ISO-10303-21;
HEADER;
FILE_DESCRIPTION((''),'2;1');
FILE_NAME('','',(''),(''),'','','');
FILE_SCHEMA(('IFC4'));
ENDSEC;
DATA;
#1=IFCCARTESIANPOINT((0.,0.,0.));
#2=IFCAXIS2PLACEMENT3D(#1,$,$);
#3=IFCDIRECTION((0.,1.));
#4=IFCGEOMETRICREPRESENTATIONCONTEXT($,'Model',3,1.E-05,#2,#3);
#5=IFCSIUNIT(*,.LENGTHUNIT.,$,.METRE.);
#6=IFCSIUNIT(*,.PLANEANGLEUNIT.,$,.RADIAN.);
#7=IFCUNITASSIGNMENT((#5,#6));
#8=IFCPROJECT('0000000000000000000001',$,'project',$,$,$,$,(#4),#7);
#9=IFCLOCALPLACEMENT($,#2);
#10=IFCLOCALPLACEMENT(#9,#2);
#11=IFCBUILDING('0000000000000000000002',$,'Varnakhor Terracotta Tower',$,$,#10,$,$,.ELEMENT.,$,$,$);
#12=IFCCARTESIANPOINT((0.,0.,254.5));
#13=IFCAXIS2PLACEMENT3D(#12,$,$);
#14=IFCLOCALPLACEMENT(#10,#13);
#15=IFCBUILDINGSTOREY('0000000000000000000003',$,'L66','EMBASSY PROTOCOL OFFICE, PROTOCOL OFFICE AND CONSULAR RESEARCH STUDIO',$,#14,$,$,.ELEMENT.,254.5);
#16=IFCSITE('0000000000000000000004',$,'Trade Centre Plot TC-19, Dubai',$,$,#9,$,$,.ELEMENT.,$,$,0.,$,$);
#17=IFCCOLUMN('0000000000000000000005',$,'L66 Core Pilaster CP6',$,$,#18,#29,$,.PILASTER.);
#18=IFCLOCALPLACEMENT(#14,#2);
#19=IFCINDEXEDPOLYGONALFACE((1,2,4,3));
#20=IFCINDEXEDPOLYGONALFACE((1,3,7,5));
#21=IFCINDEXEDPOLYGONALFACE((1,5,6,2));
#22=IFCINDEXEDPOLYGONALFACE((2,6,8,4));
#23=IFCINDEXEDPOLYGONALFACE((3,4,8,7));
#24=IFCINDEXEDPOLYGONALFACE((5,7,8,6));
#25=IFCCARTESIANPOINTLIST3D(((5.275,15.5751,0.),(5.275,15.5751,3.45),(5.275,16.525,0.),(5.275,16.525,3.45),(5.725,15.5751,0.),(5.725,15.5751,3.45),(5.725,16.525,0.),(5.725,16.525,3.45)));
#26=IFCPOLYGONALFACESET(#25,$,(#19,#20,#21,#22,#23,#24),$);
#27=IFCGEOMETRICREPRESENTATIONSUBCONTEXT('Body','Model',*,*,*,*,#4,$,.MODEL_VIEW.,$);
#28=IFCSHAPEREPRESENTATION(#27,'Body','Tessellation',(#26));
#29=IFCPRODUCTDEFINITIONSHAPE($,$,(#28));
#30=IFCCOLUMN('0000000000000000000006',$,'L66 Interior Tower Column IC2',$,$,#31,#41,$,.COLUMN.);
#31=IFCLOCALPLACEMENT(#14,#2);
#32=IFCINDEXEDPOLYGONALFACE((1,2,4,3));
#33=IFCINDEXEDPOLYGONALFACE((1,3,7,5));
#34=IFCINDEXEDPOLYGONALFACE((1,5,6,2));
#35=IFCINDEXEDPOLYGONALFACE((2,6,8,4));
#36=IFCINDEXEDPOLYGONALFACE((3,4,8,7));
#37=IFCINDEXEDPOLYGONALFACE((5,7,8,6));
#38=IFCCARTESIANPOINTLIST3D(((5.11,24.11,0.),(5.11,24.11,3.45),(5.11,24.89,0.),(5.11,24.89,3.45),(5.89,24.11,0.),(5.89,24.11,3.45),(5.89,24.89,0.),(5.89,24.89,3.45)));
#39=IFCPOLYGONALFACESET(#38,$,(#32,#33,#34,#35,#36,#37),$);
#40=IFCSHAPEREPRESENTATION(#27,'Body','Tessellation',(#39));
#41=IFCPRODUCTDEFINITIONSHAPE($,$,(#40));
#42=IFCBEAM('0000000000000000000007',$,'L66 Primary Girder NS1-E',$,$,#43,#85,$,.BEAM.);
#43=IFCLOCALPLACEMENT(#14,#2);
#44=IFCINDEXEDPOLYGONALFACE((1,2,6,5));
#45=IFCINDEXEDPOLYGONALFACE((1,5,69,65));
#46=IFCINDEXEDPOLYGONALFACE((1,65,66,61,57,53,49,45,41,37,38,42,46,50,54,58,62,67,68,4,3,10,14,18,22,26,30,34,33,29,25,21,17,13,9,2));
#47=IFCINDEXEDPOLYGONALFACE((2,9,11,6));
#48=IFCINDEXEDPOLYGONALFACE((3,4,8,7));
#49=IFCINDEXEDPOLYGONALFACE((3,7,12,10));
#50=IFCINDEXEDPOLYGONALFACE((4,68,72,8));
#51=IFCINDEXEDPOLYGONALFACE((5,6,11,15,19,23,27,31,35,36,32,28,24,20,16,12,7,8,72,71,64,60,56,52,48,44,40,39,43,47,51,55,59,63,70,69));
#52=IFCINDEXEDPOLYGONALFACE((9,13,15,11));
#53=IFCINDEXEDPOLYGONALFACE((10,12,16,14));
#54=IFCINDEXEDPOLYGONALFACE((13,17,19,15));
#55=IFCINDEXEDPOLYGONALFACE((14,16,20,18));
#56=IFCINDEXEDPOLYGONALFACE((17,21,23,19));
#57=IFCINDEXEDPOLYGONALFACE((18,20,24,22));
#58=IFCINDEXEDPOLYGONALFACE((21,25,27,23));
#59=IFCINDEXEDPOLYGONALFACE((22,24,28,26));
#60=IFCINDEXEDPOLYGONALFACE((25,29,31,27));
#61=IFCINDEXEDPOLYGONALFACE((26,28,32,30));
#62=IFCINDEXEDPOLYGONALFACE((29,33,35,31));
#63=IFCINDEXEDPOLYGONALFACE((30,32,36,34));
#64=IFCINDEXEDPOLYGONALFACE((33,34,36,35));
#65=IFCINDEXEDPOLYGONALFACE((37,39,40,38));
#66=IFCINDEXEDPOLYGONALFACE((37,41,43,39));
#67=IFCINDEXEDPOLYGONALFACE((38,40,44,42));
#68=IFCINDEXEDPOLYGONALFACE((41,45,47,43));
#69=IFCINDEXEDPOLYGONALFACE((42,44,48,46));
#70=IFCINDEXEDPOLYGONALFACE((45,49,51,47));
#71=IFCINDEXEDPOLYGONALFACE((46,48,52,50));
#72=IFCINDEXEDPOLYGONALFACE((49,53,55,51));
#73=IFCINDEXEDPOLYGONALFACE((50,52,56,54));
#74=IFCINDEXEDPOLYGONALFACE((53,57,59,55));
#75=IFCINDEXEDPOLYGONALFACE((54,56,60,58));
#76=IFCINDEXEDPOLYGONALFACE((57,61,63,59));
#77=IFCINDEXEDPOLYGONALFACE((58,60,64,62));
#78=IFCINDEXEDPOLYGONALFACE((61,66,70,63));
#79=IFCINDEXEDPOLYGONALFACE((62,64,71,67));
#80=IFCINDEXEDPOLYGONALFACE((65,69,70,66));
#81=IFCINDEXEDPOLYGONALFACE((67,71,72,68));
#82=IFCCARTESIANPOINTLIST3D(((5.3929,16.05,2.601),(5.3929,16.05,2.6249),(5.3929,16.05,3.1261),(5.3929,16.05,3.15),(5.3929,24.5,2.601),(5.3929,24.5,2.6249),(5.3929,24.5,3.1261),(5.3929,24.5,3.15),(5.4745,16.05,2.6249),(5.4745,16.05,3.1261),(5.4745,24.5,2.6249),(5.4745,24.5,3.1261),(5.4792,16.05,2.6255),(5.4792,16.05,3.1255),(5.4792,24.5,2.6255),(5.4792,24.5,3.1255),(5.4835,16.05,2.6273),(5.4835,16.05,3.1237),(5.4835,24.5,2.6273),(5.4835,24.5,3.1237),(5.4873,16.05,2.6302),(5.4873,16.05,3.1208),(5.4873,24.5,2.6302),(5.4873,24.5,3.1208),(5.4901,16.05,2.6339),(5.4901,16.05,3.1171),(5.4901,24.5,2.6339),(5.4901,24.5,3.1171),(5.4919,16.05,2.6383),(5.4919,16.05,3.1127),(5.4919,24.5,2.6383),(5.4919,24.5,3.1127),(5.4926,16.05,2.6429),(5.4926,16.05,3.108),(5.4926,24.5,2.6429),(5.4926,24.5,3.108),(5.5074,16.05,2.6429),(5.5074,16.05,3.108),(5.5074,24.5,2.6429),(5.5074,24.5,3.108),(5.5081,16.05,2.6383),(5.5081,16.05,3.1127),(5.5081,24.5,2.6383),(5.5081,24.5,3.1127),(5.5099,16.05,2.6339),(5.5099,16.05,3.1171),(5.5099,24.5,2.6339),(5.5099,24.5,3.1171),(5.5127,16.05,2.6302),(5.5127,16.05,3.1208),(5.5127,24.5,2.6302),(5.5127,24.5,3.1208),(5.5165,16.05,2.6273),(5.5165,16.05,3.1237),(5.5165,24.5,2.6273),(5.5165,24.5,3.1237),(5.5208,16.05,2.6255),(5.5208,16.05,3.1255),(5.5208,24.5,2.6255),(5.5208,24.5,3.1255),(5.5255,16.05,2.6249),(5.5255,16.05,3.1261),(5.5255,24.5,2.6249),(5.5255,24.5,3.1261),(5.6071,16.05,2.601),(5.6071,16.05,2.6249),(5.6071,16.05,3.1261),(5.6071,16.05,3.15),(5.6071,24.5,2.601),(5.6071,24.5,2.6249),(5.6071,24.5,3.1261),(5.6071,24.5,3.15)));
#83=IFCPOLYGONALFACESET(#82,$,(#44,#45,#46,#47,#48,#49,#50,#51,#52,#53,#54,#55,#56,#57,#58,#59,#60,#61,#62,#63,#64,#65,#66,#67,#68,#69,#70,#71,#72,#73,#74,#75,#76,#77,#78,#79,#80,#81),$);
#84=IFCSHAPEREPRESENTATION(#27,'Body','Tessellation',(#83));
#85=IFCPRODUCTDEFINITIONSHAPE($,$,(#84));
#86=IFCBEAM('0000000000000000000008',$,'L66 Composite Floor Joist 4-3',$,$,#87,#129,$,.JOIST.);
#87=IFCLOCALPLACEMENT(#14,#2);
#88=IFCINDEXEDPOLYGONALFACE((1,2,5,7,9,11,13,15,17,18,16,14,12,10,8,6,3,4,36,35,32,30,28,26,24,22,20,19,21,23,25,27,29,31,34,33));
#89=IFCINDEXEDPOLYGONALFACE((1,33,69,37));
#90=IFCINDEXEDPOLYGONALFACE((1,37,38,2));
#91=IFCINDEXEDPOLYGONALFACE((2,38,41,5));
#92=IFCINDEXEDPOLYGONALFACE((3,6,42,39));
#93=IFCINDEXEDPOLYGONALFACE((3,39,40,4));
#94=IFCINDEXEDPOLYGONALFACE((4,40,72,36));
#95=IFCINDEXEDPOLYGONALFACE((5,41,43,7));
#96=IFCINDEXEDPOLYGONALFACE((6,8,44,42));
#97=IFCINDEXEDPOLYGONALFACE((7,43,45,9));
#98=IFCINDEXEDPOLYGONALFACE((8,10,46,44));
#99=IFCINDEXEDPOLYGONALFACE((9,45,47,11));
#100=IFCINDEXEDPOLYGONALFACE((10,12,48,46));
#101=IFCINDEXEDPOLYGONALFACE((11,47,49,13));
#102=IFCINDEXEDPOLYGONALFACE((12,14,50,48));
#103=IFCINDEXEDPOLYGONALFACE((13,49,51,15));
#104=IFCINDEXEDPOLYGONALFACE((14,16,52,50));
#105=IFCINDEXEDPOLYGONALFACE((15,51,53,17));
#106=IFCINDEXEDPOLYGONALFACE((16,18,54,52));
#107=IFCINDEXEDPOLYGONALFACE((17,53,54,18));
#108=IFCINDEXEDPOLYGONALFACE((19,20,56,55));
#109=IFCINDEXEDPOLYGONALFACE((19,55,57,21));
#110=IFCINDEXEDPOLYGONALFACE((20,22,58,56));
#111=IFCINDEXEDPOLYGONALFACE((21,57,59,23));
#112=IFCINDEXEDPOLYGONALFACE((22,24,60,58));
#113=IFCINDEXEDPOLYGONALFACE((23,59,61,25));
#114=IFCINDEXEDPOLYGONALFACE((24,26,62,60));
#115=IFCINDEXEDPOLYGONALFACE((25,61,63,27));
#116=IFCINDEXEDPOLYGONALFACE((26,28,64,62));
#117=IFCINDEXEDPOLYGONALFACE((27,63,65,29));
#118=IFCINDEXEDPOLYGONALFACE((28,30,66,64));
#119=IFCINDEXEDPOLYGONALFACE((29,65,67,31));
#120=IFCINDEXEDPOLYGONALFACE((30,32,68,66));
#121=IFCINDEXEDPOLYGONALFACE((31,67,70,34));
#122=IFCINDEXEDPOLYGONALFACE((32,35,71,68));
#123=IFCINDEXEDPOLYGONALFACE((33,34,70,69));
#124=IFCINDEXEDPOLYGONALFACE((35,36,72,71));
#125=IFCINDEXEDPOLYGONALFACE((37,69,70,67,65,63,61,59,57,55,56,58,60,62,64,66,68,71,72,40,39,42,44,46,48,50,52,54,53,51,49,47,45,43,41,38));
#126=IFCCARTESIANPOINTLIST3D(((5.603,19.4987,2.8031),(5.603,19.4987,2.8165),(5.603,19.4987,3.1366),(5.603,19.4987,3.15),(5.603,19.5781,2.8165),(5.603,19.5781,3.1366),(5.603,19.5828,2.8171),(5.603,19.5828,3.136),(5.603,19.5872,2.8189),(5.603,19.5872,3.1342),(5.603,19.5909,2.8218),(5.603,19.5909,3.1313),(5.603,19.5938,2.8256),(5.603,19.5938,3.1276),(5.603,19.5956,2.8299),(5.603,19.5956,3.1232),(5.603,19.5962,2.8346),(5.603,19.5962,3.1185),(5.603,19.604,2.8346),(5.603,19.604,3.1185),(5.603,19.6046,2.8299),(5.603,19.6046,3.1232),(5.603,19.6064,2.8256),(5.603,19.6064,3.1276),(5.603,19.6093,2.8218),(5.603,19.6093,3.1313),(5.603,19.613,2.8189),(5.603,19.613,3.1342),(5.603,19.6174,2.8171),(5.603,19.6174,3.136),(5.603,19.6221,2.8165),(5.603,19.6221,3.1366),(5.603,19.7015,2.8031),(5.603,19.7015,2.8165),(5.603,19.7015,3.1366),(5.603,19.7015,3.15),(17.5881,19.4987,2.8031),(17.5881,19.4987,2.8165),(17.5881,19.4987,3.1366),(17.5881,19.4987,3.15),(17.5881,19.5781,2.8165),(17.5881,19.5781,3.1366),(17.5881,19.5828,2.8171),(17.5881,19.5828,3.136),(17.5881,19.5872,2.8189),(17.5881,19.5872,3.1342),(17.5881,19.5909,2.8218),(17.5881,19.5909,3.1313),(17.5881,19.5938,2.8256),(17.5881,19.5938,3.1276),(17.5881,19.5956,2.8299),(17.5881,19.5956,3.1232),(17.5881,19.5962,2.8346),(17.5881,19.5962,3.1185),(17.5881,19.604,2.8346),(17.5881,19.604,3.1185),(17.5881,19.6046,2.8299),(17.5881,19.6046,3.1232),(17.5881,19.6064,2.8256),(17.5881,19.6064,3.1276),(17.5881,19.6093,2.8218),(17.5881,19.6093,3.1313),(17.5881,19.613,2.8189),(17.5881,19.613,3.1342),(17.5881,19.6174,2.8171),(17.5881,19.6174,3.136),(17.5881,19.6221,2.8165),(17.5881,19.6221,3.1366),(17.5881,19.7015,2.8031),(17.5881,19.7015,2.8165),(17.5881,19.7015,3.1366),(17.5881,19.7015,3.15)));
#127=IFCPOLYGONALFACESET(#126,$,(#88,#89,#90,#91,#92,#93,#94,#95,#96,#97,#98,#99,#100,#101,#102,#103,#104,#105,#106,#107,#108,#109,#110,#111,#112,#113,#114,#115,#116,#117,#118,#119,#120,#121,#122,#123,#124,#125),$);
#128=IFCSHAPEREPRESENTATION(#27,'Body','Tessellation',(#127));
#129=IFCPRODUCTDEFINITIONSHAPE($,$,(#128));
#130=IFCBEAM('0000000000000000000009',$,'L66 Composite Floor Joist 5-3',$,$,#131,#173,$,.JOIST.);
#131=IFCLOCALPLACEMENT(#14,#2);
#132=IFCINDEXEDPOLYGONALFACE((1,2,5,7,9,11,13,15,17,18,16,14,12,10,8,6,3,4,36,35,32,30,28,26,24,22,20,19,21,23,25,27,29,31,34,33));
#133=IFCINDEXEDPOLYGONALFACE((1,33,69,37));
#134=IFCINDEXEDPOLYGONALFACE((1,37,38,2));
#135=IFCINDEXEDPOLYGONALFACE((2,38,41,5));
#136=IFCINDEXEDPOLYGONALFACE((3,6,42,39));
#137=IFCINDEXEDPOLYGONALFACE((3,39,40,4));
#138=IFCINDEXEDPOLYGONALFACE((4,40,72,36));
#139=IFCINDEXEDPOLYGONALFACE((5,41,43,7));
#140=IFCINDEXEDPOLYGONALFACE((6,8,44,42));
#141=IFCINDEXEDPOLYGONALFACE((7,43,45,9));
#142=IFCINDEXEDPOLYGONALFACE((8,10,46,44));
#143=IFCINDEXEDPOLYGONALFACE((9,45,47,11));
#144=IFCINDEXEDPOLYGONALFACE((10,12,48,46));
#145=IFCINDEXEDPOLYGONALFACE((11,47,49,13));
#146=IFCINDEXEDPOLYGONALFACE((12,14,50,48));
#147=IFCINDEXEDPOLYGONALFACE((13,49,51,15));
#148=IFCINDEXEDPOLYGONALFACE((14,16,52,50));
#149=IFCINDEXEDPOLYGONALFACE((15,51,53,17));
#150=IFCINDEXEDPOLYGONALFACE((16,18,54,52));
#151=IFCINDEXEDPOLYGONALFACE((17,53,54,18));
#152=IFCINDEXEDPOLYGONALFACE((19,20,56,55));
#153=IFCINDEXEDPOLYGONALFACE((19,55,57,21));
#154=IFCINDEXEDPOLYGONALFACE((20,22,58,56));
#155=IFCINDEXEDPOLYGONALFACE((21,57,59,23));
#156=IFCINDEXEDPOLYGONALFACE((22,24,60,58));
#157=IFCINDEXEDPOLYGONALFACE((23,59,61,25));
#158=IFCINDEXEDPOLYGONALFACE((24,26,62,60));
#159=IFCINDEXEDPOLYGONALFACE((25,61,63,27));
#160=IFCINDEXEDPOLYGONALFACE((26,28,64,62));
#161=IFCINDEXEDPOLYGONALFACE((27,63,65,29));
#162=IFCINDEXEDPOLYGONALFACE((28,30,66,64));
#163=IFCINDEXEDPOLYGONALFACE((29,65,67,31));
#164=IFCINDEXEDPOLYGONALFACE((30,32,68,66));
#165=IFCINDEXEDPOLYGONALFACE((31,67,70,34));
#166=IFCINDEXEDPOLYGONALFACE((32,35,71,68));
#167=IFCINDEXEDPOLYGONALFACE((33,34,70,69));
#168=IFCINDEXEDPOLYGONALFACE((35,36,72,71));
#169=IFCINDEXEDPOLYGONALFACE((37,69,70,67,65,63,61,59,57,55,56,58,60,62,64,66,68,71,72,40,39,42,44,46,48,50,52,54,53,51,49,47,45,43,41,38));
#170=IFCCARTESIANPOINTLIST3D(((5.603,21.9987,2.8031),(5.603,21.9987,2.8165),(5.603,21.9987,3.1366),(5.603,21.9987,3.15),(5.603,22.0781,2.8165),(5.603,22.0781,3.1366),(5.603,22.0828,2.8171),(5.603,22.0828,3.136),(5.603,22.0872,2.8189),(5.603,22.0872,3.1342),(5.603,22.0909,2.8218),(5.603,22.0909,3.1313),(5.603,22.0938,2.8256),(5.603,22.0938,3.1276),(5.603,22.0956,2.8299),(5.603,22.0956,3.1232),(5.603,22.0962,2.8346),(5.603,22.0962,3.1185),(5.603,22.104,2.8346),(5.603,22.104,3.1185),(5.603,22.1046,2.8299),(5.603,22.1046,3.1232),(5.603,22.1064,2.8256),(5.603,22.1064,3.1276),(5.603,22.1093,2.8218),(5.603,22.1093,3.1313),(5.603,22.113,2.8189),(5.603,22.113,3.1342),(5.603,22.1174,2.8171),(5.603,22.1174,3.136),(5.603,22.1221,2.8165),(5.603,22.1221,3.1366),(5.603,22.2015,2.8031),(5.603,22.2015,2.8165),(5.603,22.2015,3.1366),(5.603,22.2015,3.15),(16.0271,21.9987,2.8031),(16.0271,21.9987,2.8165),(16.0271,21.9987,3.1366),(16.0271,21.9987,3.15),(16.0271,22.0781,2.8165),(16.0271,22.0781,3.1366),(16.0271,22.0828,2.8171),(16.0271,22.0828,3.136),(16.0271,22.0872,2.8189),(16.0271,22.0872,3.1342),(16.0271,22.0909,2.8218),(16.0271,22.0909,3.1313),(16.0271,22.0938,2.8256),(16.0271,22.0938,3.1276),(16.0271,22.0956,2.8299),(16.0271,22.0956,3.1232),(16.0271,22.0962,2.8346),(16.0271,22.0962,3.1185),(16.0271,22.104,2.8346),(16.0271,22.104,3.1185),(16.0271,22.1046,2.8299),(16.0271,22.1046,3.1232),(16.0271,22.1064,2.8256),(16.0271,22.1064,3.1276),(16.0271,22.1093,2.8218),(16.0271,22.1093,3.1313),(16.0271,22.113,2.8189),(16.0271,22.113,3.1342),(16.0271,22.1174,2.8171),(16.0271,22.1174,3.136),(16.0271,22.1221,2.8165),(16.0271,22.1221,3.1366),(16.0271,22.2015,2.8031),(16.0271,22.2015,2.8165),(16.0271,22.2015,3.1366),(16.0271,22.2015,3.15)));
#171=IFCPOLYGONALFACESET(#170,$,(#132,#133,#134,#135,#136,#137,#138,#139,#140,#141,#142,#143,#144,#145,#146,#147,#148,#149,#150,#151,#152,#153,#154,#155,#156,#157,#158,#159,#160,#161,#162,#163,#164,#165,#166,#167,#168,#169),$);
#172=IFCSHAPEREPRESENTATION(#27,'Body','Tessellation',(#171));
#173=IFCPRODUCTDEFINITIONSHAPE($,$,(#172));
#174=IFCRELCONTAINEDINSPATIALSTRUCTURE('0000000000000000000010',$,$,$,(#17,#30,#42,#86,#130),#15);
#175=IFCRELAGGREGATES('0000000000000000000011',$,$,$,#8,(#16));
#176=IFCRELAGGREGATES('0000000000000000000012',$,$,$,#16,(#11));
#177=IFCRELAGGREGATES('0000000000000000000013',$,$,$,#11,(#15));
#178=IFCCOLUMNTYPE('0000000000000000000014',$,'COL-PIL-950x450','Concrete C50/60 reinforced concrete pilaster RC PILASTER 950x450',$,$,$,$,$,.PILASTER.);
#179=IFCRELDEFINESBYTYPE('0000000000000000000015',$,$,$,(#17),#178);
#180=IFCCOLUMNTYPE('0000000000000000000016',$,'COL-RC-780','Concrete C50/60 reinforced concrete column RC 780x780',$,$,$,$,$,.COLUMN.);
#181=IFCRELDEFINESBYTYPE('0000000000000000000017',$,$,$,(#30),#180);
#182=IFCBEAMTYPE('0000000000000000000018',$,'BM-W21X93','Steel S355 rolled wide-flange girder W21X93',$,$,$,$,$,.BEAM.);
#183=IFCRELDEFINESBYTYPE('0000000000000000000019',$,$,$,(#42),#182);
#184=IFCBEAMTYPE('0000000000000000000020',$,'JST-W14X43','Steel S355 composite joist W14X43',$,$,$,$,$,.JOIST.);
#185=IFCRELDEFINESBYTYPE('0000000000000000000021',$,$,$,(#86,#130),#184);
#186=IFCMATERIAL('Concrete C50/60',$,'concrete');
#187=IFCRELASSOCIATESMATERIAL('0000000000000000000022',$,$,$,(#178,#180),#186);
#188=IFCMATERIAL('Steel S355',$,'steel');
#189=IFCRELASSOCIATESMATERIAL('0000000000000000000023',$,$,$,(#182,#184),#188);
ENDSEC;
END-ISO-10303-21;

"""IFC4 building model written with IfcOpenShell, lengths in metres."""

from ifc_helpers import new_model, si_unit, direction, frame, origin, origin_2d, place, context, subcontext, project, spatial, rectangle, i_section, extrude, source, transform, mapped, material, material_profile, profile_set, type_object, type_shapes, element, save


model = new_model("IFC4")

# Units and contexts
model_context = context("Model", 3, precision=1e-05, world=origin(), true_north=direction((0.0, 1.0)))
body_context = subcontext(model_context, "Body", "Model", "MODEL_VIEW")
ifc_project = project(units=[si_unit("LENGTHUNIT", "METRE"), si_unit("PLANEANGLEUNIT", "RADIAN")], contexts=[model_context])

# Site, building, storey
site_placement = place(None, origin())
site = spatial("IfcSite", under=ifc_project, at=site_placement, Name="Trade Centre Plot TC-19, Dubai", CompositionType="ELEMENT", RefElevation=0.0)
building_placement = place(site_placement, origin())
building = spatial("IfcBuilding", under=site, at=building_placement, Name="Varnakhor Terracotta Tower", CompositionType="ELEMENT")
storey_placement = place(building_placement, frame((0.0, 0.0, 254.5)))
storey = spatial("IfcBuildingStorey", under=building, at=storey_placement, Name="L66", Description="EMBASSY PROTOCOL OFFICE, PROTOCOL OFFICE AND CONSULAR RESEARCH STUDIO", CompositionType="ELEMENT", Elevation=254.5)

# Columns
ifc_material_1 = material(Name="Concrete C50/60", Category="concrete")
ifc_material_profile_1 = material_profile(ifc_material_1, rectangle(XDim=0.45, YDim=0.95, at=origin_2d()), Name="RC PILASTER 950x450")
ifc_profile_set_1 = profile_set([ifc_material_profile_1], Name="Concrete C50/60")
column_type_1 = type_object("IfcColumnType", Name="COL-PIL-950x450", Description="Concrete C50/60 reinforced concrete pilaster RC PILASTER 950x450", PredefinedType="PILASTER", material=ifc_profile_set_1)
shared_shape_1 = source(origin(), body_context, "Body", "SweptSolid", [
    extrude(rectangle(XDim=0.45, YDim=0.95, at=origin_2d()), origin(), (0.0, 0.0, 1.0), 3.45),
])
column_1_placement = place(storey_placement, frame((5.5, 16.05, 0.0), z_axis=(0.0, 0.0, 1.0), x_axis=(1.0, 0.0, 0.0)))
element("IfcColumn", 1, at=column_1_placement, inside=storey, type_object=column_type_1, Name="L66 Core Pilaster CP6", PredefinedType="PILASTER", context=body_context, shape_type="MappedRepresentation", body=[
    mapped(shared_shape_1, transform((0.0, 0.0, 0.0), scale=1.0)),
])
ifc_material_profile_2 = material_profile(ifc_material_1, rectangle(XDim=0.78, YDim=0.78, at=origin_2d()), Name="RC 780x780")
ifc_profile_set_2 = profile_set([ifc_material_profile_2], Name="Concrete C50/60")
column_type_2 = type_object("IfcColumnType", Name="COL-RC-780", Description="Concrete C50/60 reinforced concrete column RC 780x780", PredefinedType="COLUMN", material=ifc_profile_set_2)
shared_shape_2 = source(origin(), body_context, "Body", "SweptSolid", [
    extrude(rectangle(XDim=0.78, YDim=0.78, at=origin_2d()), origin(), (0.0, 0.0, 1.0), 3.45),
])
column_2_placement = place(storey_placement, frame((5.5, 24.5, 0.0), z_axis=(0.0, 0.0, 1.0), x_axis=(1.0, 0.0, 0.0)))
element("IfcColumn", 2, at=column_2_placement, inside=storey, type_object=column_type_2, Name="L66 Interior Tower Column IC2", PredefinedType="COLUMN", context=body_context, shape_type="MappedRepresentation", body=[
    mapped(shared_shape_2, transform((0.0, 0.0, 0.0), scale=1.0)),
])

# Beams
ifc_material_2 = material(Name="Steel S355", Category="steel")
ifc_material_profile_3 = material_profile(ifc_material_2, i_section(OverallWidth=0.2141, OverallDepth=0.5491, WebThickness=0.0149, FlangeThickness=0.0239, FilletRadius=0.0181, at=origin_2d()), Name="W21X93")
ifc_profile_set_3 = profile_set([ifc_material_profile_3], Name="Steel S355")
beam_type_1 = type_object("IfcBeamType", Name="BM-W21X93", Description="Steel S355 rolled wide-flange girder W21X93", PredefinedType="BEAM", material=ifc_profile_set_3)
shared_shape_3 = source(origin(), body_context, "Body", "SweptSolid", [
    extrude(i_section(OverallWidth=0.2141, OverallDepth=0.5491, WebThickness=0.0149, FlangeThickness=0.0239, FilletRadius=0.0181, at=origin_2d()), origin(), (0.0, 0.0, 1.0), 8.45),
])
type_shapes(beam_type_1, [shared_shape_3])
beam_1_placement = place(storey_placement, frame((5.5, 16.05, 2.8755), z_axis=(0.0, 1.0, 0.0), x_axis=(-1.0, 0.0, 0.0)))
element("IfcBeam", 3, at=beam_1_placement, inside=storey, type_object=beam_type_1, Name="L66 Primary Girder NS1-E", PredefinedType="BEAM", context=body_context, shape_type="MappedRepresentation", body=[
    mapped(shared_shape_3, transform((0.0, 0.0, 0.0), scale=1.0)),
])
ifc_material_profile_4 = material_profile(ifc_material_2, i_section(OverallWidth=0.2029, OverallDepth=0.3469, WebThickness=0.0078, FlangeThickness=0.0134, FilletRadius=0.0181, at=origin_2d()), Name="W14X43")
ifc_profile_set_4 = profile_set([ifc_material_profile_4], Name="Steel S355")
beam_type_2 = type_object("IfcBeamType", Name="JST-W14X43", Description="Steel S355 composite joist W14X43", PredefinedType="JOIST", material=ifc_profile_set_4)
shared_shape_4 = source(origin(), body_context, "Body", "SweptSolid", [
    extrude(i_section(OverallWidth=0.2029, OverallDepth=0.3469, WebThickness=0.0078, FlangeThickness=0.0134, FilletRadius=0.0181, at=origin_2d()), origin(), (0.0, 0.0, 1.0), 11.9851),
])
beam_2_placement = place(storey_placement, frame((5.603, 19.6001, 2.9766), z_axis=(1.0, 0.0, 0.0), x_axis=(0.0, 1.0, 0.0)))
element("IfcBeam", 4, at=beam_2_placement, inside=storey, type_object=beam_type_2, Name="L66 Composite Floor Joist 4-3", PredefinedType="JOIST", context=body_context, shape_type="MappedRepresentation", body=[
    mapped(shared_shape_4, transform((0.0, 0.0, 0.0), scale=1.0)),
])
shared_shape_5 = source(origin(), body_context, "Body", "SweptSolid", [
    extrude(i_section(OverallWidth=0.2029, OverallDepth=0.3469, WebThickness=0.0078, FlangeThickness=0.0134, FilletRadius=0.0181, at=origin_2d()), origin(), (0.0, 0.0, 1.0), 10.4241),
])
beam_3_placement = place(storey_placement, frame((5.603, 22.1001, 2.9766), z_axis=(1.0, 0.0, 0.0), x_axis=(0.0, 1.0, 0.0)))
element("IfcBeam", 5, at=beam_3_placement, inside=storey, type_object=beam_type_2, Name="L66 Composite Floor Joist 5-3", PredefinedType="JOIST", context=body_context, shape_type="MappedRepresentation", body=[
    mapped(shared_shape_5, transform((0.0, 0.0, 0.0), scale=1.0)),
])

save(model, "model.ifc")
